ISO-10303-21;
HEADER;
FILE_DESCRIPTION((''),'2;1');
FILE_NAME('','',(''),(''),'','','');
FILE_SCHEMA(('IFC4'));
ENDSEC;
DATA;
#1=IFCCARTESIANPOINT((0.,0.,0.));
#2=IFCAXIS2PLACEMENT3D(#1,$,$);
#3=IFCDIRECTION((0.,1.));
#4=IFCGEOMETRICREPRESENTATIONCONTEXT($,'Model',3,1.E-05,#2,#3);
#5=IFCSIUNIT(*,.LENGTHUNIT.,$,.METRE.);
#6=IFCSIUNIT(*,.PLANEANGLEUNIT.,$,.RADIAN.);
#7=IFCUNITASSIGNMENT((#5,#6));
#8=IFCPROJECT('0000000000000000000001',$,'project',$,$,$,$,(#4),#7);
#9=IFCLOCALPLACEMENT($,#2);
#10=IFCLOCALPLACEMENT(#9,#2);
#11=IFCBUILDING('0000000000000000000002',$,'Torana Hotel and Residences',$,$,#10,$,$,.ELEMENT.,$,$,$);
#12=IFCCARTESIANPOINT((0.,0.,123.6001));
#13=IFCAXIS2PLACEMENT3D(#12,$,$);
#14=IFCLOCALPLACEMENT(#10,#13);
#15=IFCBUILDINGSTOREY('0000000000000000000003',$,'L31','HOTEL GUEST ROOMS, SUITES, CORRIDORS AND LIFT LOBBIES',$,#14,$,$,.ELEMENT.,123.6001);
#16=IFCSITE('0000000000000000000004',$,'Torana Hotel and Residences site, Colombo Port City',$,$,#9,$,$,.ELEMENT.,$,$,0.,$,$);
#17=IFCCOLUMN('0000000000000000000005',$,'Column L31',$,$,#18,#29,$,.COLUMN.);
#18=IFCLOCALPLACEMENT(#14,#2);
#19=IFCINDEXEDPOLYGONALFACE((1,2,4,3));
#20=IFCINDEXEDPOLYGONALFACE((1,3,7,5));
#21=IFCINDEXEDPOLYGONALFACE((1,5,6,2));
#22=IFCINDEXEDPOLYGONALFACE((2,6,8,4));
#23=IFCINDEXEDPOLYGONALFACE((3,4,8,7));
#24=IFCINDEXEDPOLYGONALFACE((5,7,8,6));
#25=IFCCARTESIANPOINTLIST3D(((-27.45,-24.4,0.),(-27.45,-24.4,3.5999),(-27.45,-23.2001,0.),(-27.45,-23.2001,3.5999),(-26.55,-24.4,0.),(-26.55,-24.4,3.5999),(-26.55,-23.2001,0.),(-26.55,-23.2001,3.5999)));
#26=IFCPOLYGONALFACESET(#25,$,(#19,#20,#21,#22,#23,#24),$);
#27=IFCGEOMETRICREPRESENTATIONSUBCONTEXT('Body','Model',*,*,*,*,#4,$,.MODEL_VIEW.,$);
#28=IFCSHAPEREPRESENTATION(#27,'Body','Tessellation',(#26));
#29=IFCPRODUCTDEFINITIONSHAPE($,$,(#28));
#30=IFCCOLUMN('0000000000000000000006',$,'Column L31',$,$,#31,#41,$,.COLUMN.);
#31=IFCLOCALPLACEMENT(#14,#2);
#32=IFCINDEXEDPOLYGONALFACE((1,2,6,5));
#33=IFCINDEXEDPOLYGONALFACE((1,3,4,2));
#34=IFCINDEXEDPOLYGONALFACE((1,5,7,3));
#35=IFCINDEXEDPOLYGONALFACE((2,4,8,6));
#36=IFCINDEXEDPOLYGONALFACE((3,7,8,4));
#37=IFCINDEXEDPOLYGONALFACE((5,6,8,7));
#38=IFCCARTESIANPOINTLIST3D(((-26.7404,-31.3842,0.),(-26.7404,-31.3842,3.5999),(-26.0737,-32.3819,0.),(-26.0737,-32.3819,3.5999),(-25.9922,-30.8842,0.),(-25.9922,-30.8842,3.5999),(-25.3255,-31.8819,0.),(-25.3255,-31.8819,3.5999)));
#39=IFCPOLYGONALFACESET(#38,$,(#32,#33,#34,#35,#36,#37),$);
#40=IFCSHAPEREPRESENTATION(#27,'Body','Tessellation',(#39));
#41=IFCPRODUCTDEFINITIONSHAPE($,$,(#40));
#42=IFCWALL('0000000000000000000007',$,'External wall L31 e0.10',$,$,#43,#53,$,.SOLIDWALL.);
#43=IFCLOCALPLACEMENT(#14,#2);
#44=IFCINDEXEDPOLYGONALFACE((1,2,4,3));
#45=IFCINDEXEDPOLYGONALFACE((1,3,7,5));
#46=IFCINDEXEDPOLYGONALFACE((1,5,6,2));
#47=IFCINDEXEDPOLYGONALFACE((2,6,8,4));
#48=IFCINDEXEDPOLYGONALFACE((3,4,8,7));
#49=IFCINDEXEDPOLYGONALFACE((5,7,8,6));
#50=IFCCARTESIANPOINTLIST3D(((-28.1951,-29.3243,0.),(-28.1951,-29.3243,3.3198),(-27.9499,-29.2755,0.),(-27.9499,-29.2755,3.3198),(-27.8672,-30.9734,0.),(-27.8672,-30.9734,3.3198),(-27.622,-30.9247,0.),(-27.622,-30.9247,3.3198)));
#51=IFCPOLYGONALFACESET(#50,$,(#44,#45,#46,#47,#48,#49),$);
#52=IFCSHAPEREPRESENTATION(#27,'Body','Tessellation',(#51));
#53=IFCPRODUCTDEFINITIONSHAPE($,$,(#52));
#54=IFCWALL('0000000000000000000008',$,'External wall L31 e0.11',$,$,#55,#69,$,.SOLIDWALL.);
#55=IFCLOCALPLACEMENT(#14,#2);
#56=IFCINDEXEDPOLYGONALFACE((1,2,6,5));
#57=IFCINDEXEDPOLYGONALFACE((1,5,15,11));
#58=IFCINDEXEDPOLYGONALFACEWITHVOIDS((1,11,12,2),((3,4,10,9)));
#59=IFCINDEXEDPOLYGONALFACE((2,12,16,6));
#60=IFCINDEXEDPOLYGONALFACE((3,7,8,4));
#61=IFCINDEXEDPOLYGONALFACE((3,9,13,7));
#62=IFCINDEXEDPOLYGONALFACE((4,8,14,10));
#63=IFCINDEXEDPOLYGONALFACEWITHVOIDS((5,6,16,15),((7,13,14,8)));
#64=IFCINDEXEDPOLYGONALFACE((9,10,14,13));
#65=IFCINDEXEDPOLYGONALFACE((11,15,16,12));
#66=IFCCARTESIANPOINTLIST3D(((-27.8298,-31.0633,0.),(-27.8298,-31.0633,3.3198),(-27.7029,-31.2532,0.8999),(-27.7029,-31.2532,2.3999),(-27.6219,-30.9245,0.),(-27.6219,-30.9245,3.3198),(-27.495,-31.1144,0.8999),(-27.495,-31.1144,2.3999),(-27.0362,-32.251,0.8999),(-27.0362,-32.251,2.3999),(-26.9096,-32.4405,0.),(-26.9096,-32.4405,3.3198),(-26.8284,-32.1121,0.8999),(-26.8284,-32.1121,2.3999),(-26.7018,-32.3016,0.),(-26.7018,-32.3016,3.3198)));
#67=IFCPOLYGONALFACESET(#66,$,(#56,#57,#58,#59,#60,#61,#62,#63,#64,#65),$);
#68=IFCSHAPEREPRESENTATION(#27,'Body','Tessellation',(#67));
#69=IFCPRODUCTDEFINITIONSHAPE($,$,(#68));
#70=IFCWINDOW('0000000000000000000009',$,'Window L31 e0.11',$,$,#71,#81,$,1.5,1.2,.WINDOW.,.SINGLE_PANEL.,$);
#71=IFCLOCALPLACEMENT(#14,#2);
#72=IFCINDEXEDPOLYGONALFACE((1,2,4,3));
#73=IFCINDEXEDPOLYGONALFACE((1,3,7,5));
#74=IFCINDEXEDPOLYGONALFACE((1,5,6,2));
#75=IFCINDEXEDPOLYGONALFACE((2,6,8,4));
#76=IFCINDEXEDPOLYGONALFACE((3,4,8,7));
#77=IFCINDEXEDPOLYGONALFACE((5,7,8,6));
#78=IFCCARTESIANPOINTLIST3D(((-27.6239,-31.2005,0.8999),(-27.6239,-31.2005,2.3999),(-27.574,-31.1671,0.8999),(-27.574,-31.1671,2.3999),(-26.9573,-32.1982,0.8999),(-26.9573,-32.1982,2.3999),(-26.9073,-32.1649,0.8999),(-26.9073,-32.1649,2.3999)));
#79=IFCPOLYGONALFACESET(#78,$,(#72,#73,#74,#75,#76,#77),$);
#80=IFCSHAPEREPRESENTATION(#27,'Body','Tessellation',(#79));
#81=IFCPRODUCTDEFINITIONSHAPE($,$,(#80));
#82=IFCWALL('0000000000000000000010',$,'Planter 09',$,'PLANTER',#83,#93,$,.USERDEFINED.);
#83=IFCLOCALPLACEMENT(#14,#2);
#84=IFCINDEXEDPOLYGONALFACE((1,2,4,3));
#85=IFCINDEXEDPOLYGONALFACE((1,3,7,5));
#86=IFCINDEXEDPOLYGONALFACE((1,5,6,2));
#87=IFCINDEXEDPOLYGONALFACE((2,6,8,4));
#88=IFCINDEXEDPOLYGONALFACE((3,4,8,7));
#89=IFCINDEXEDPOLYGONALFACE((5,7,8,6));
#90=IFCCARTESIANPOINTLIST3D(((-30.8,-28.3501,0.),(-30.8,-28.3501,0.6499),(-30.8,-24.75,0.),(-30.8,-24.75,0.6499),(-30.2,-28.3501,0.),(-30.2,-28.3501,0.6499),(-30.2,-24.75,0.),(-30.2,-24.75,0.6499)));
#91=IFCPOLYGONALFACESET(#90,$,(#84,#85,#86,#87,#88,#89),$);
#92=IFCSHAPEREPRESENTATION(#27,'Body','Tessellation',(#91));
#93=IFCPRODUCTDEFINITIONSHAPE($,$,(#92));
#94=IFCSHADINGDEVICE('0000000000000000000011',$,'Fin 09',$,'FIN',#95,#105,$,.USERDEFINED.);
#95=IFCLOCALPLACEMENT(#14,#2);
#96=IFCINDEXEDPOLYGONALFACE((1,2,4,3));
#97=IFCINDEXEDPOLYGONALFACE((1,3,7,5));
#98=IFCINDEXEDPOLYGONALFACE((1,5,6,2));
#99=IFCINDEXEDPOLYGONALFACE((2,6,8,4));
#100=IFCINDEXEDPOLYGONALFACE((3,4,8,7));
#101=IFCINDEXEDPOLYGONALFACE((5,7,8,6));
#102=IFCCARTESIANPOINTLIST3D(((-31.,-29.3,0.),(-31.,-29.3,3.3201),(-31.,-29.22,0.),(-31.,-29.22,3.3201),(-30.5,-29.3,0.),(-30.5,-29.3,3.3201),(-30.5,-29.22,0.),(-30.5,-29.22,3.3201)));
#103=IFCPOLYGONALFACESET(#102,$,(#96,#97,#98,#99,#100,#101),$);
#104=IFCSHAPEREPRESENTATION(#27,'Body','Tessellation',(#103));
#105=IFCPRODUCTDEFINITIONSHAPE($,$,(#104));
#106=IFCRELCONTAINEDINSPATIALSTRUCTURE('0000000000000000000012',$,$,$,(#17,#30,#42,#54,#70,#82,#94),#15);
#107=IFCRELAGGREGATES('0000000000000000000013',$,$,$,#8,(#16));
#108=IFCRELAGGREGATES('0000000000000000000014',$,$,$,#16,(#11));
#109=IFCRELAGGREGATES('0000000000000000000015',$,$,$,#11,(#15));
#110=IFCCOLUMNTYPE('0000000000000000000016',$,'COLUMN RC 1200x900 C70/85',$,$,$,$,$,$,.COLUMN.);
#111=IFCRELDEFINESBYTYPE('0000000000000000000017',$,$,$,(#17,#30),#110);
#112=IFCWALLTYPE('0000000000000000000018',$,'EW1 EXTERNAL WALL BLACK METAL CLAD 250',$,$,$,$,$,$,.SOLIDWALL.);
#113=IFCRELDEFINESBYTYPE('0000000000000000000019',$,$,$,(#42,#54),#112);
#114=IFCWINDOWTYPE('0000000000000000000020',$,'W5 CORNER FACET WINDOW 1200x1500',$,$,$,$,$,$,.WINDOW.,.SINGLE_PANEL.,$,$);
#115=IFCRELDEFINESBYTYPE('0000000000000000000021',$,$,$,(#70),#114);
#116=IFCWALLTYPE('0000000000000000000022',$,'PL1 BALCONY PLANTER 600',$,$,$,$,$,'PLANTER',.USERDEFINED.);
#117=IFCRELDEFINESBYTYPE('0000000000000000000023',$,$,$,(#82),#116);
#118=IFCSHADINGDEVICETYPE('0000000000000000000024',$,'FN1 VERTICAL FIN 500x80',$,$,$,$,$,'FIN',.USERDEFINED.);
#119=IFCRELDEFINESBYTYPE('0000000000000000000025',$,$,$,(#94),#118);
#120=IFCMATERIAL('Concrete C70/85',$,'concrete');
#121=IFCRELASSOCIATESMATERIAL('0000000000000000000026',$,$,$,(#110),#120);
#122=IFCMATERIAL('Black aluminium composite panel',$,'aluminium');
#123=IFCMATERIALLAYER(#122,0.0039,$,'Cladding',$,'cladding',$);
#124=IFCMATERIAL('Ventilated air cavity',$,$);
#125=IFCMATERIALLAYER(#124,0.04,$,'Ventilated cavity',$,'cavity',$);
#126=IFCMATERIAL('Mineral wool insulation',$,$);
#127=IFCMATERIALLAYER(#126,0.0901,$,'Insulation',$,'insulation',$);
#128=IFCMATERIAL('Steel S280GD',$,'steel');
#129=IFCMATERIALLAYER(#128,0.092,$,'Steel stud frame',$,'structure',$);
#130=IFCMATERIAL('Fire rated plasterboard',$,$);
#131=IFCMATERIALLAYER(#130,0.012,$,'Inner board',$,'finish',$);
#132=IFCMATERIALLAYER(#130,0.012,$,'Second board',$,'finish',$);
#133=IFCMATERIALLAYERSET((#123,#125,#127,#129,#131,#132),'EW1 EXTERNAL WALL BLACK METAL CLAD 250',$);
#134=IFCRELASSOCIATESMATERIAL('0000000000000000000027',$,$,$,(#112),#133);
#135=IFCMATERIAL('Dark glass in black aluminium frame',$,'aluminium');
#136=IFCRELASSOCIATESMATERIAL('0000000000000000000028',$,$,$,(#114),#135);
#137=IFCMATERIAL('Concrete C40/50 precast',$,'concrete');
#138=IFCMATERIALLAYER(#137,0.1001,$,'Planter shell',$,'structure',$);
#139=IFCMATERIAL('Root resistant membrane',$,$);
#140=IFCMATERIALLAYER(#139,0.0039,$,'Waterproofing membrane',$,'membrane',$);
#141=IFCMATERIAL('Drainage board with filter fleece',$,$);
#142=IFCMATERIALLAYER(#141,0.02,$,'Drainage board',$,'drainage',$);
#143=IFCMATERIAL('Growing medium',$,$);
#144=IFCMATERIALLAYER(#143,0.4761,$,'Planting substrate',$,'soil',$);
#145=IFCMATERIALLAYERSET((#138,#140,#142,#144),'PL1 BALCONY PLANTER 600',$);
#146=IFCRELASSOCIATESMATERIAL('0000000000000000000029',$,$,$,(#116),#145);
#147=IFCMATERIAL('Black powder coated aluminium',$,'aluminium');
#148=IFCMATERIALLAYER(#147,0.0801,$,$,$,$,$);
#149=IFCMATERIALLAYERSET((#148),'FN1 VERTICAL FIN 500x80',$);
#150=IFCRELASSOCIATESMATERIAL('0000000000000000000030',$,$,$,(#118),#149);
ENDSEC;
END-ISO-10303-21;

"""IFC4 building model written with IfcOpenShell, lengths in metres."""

from ifc_helpers import new_model, si_unit, direction, frame, frame_2d, origin, origin_2d, place, context, subcontext, project, spatial, rectangle, extrude, material, layer, layer_set, material_profile, profile_set, type_object, element, fill, save


model = new_model("IFC4")

# Units and contexts
model_context = context("Model", 3, precision=1e-05, world=origin(), true_north=direction((0.0, 1.0)))
body_context = subcontext(model_context, "Body", "Model", "MODEL_VIEW")
ifc_project = project(units=[si_unit("LENGTHUNIT", "METRE"), si_unit("PLANEANGLEUNIT", "RADIAN")], contexts=[model_context])

# Site, building, storey
site_placement = place(None, origin())
site = spatial("IfcSite", under=ifc_project, at=site_placement, Name="Torana Hotel and Residences site, Colombo Port City", CompositionType="ELEMENT", RefElevation=0.0)
building_placement = place(site_placement, origin())
building = spatial("IfcBuilding", under=site, at=building_placement, Name="Torana Hotel and Residences", CompositionType="ELEMENT")
storey_placement = place(building_placement, frame((0.0, 0.0, 123.6001)))
storey = spatial("IfcBuildingStorey", under=building, at=storey_placement, Name="L31", Description="HOTEL GUEST ROOMS, SUITES, CORRIDORS AND LIFT LOBBIES", CompositionType="ELEMENT", Elevation=123.6001)

# Columns
ifc_material_1 = material(Name="Concrete C70/85", Category="concrete")
ifc_material_profile = material_profile(ifc_material_1, rectangle(XDim=1.2, YDim=0.8999, at=origin_2d()), Name="RC 1200x900")
ifc_profile_set = profile_set([ifc_material_profile], Name="Concrete C70/85")
column_type = type_object("IfcColumnType", Name="COLUMN RC 1200x900 C70/85", PredefinedType="COLUMN", material=ifc_profile_set)
for number, where, z_axis, x_axis, name in (
    (1, (-27.0, -23.8, 0.0), (0.0, 0.0, 1.0), (0.0, 1.0, 0.0), "Column L31"),
    (2, (-26.033, -31.6331, 0.0), (0.0, 0.0, 1.0), (-0.555585, 0.83146, 0.0), "Column L31"),
):
    element("IfcColumn", number, at=place(storey_placement, frame(where, z_axis=z_axis, x_axis=x_axis)), inside=storey, type_object=column_type, Name=name, PredefinedType="COLUMN", context=body_context, shape_type="SweptSolid", body=[
        extrude(rectangle(XDim=1.2, YDim=0.8999, at=origin_2d()), origin(), (0.0, 0.0, 1.0), 3.5999),
    ])

# Wall
ifc_material_2 = material(Name="Black aluminium composite panel", Category="aluminium")
ifc_layer_1 = layer(ifc_material_2, 0.0039, Name="Cladding", Category="cladding")
ifc_material_3 = material(Name="Ventilated air cavity")
ifc_layer_2 = layer(ifc_material_3, 0.04, Name="Ventilated cavity", Category="cavity")
ifc_material_4 = material(Name="Mineral wool insulation")
ifc_layer_3 = layer(ifc_material_4, 0.0901, Name="Insulation", Category="insulation")
ifc_material_5 = material(Name="Steel S280GD", Category="steel")
ifc_layer_4 = layer(ifc_material_5, 0.092, Name="Steel stud frame", Category="structure")
ifc_material_6 = material(Name="Fire rated plasterboard")
ifc_layer_5 = layer(ifc_material_6, 0.012, Name="Inner board", Category="finish")
ifc_layer_6 = layer(ifc_material_6, 0.012, Name="Second board", Category="finish")
ifc_layer_set_1 = layer_set([ifc_layer_1, ifc_layer_2, ifc_layer_3, ifc_layer_4, ifc_layer_5, ifc_layer_6], Name="EW1 EXTERNAL WALL BLACK METAL CLAD 250")
wall_type_1 = type_object("IfcWallType", Name="EW1 EXTERNAL WALL BLACK METAL CLAD 250", PredefinedType="SOLIDWALL", material=ifc_layer_set_1)
wall_1_placement = place(storey_placement, frame((-28.0725, -29.2998, 0.0), z_axis=(0.0, 0.0, 1.0), x_axis=(0.194999, -0.980803, 0.0)))
element("IfcWall", 3, at=wall_1_placement, inside=storey, type_object=wall_type_1, Name="External wall L31 e0.10", PredefinedType="SOLIDWALL", context=body_context, shape_type="SweptSolid", body=[
    extrude(rectangle(XDim=1.6814, YDim=0.25, at=frame_2d((0.8408, 0.0))), origin(), (0.0, 0.0, 1.0), 3.3198),
])

# Wall, opening, window
wall_2_placement = place(storey_placement, frame((-27.7258, -30.9939, 0.0), z_axis=(0.0, 0.0, 1.0), x_axis=(0.55555, -0.831483, 0.0)))
wall_2 = element("IfcWall", 4, at=wall_2_placement, inside=storey, type_object=wall_type_1, Name="External wall L31 e0.11", PredefinedType="SOLIDWALL", context=body_context, shape_type="SweptSolid", body=[
    extrude(rectangle(XDim=1.6562, YDim=0.25, at=frame_2d((0.8281, 0.0))), origin(), (0.0, 0.0, 1.0), 3.3198),
])
opening_placement = place(wall_2_placement, frame((0.2283, 0.0, 0.8999)))
opening = element("IfcOpeningElement", 5, at=opening_placement, cuts=wall_2, PredefinedType="OPENING", context=body_context, shape_type="SweptSolid", body=[
    extrude(rectangle(XDim=1.2, YDim=1.5, at=frame_2d((0.6001, 0.75))), frame((0.0, 0.135, 0.0), z_axis=(0.0, -1.0, 0.0), x_axis=(1.0, 0.0, 0.0)), (0.0, 0.0, 1.0), 0.27),
])
ifc_material_7 = material(Name="Dark glass in black aluminium frame", Category="aluminium")
window_type = type_object("IfcWindowType", Name="W5 CORNER FACET WINDOW 1200x1500", PartitioningType="SINGLE_PANEL", PredefinedType="WINDOW", material=ifc_material_7)
window_placement = place(opening_placement, origin())
window = element("IfcWindow", 6, at=window_placement, inside=storey, type_object=window_type, Name="Window L31 e0.11", OverallHeight=1.5, OverallWidth=1.2, PartitioningType="SINGLE_PANEL", PredefinedType="WINDOW", context=body_context, shape_type="SweptSolid", body=[
    extrude(rectangle(XDim=1.2, YDim=1.5, at=frame_2d((0.6001, 0.75))), frame((0.0, 0.03, 0.0), z_axis=(0.0, -1.0, 0.0), x_axis=(1.0, 0.0, 0.0)), (0.0, 0.0, 1.0), 0.0601),
])
fill(opening, window)

# Wall
ifc_material_8 = material(Name="Concrete C40/50 precast", Category="concrete")
ifc_layer_7 = layer(ifc_material_8, 0.1001, Name="Planter shell", Category="structure")
ifc_material_9 = material(Name="Root resistant membrane")
ifc_layer_8 = layer(ifc_material_9, 0.0039, Name="Waterproofing membrane", Category="membrane")
ifc_material_10 = material(Name="Drainage board with filter fleece")
ifc_layer_9 = layer(ifc_material_10, 0.02, Name="Drainage board", Category="drainage")
ifc_material_11 = material(Name="Growing medium")
ifc_layer_10 = layer(ifc_material_11, 0.4761, Name="Planting substrate", Category="soil")
ifc_layer_set_2 = layer_set([ifc_layer_7, ifc_layer_8, ifc_layer_9, ifc_layer_10], Name="PL1 BALCONY PLANTER 600")
wall_type_2 = type_object("IfcWallType", Name="PL1 BALCONY PLANTER 600", ElementType="PLANTER", PredefinedType="USERDEFINED", material=ifc_layer_set_2)
wall_3_placement = place(storey_placement, frame((-30.5, -28.3501, 0.0), z_axis=(0.0, 0.0, 1.0), x_axis=(0.0, 1.0, 0.0)))
element("IfcWall", 7, at=wall_3_placement, inside=storey, type_object=wall_type_2, Name="Planter 09", ObjectType="PLANTER", PredefinedType="USERDEFINED", context=body_context, shape_type="SweptSolid", body=[
    extrude(rectangle(XDim=3.6001, YDim=0.6001, at=frame_2d((1.8, 0.0))), origin(), (0.0, 0.0, 1.0), 0.6499),
])

# Shading device
ifc_material_12 = material(Name="Black powder coated aluminium", Category="aluminium")
ifc_layer_11 = layer(ifc_material_12, 0.0801)
ifc_layer_set_3 = layer_set([ifc_layer_11], Name="FN1 VERTICAL FIN 500x80")
shading_device_type = type_object("IfcShadingDeviceType", Name="FN1 VERTICAL FIN 500x80", ElementType="FIN", PredefinedType="USERDEFINED", material=ifc_layer_set_3)
shading_device_placement = place(storey_placement, frame((-30.75, -29.26, 0.0), z_axis=(0.0, 0.0, 1.0), x_axis=(0.0, 1.0, 0.0)))
element("IfcShadingDevice", 8, at=shading_device_placement, inside=storey, type_object=shading_device_type, Name="Fin 09", ObjectType="FIN", PredefinedType="USERDEFINED", context=body_context, shape_type="SweptSolid", body=[
    extrude(rectangle(XDim=0.0801, YDim=0.5, at=origin_2d()), origin(), (0.0, 0.0, 1.0), 3.3201),
])

save(model, "model.ifc")
